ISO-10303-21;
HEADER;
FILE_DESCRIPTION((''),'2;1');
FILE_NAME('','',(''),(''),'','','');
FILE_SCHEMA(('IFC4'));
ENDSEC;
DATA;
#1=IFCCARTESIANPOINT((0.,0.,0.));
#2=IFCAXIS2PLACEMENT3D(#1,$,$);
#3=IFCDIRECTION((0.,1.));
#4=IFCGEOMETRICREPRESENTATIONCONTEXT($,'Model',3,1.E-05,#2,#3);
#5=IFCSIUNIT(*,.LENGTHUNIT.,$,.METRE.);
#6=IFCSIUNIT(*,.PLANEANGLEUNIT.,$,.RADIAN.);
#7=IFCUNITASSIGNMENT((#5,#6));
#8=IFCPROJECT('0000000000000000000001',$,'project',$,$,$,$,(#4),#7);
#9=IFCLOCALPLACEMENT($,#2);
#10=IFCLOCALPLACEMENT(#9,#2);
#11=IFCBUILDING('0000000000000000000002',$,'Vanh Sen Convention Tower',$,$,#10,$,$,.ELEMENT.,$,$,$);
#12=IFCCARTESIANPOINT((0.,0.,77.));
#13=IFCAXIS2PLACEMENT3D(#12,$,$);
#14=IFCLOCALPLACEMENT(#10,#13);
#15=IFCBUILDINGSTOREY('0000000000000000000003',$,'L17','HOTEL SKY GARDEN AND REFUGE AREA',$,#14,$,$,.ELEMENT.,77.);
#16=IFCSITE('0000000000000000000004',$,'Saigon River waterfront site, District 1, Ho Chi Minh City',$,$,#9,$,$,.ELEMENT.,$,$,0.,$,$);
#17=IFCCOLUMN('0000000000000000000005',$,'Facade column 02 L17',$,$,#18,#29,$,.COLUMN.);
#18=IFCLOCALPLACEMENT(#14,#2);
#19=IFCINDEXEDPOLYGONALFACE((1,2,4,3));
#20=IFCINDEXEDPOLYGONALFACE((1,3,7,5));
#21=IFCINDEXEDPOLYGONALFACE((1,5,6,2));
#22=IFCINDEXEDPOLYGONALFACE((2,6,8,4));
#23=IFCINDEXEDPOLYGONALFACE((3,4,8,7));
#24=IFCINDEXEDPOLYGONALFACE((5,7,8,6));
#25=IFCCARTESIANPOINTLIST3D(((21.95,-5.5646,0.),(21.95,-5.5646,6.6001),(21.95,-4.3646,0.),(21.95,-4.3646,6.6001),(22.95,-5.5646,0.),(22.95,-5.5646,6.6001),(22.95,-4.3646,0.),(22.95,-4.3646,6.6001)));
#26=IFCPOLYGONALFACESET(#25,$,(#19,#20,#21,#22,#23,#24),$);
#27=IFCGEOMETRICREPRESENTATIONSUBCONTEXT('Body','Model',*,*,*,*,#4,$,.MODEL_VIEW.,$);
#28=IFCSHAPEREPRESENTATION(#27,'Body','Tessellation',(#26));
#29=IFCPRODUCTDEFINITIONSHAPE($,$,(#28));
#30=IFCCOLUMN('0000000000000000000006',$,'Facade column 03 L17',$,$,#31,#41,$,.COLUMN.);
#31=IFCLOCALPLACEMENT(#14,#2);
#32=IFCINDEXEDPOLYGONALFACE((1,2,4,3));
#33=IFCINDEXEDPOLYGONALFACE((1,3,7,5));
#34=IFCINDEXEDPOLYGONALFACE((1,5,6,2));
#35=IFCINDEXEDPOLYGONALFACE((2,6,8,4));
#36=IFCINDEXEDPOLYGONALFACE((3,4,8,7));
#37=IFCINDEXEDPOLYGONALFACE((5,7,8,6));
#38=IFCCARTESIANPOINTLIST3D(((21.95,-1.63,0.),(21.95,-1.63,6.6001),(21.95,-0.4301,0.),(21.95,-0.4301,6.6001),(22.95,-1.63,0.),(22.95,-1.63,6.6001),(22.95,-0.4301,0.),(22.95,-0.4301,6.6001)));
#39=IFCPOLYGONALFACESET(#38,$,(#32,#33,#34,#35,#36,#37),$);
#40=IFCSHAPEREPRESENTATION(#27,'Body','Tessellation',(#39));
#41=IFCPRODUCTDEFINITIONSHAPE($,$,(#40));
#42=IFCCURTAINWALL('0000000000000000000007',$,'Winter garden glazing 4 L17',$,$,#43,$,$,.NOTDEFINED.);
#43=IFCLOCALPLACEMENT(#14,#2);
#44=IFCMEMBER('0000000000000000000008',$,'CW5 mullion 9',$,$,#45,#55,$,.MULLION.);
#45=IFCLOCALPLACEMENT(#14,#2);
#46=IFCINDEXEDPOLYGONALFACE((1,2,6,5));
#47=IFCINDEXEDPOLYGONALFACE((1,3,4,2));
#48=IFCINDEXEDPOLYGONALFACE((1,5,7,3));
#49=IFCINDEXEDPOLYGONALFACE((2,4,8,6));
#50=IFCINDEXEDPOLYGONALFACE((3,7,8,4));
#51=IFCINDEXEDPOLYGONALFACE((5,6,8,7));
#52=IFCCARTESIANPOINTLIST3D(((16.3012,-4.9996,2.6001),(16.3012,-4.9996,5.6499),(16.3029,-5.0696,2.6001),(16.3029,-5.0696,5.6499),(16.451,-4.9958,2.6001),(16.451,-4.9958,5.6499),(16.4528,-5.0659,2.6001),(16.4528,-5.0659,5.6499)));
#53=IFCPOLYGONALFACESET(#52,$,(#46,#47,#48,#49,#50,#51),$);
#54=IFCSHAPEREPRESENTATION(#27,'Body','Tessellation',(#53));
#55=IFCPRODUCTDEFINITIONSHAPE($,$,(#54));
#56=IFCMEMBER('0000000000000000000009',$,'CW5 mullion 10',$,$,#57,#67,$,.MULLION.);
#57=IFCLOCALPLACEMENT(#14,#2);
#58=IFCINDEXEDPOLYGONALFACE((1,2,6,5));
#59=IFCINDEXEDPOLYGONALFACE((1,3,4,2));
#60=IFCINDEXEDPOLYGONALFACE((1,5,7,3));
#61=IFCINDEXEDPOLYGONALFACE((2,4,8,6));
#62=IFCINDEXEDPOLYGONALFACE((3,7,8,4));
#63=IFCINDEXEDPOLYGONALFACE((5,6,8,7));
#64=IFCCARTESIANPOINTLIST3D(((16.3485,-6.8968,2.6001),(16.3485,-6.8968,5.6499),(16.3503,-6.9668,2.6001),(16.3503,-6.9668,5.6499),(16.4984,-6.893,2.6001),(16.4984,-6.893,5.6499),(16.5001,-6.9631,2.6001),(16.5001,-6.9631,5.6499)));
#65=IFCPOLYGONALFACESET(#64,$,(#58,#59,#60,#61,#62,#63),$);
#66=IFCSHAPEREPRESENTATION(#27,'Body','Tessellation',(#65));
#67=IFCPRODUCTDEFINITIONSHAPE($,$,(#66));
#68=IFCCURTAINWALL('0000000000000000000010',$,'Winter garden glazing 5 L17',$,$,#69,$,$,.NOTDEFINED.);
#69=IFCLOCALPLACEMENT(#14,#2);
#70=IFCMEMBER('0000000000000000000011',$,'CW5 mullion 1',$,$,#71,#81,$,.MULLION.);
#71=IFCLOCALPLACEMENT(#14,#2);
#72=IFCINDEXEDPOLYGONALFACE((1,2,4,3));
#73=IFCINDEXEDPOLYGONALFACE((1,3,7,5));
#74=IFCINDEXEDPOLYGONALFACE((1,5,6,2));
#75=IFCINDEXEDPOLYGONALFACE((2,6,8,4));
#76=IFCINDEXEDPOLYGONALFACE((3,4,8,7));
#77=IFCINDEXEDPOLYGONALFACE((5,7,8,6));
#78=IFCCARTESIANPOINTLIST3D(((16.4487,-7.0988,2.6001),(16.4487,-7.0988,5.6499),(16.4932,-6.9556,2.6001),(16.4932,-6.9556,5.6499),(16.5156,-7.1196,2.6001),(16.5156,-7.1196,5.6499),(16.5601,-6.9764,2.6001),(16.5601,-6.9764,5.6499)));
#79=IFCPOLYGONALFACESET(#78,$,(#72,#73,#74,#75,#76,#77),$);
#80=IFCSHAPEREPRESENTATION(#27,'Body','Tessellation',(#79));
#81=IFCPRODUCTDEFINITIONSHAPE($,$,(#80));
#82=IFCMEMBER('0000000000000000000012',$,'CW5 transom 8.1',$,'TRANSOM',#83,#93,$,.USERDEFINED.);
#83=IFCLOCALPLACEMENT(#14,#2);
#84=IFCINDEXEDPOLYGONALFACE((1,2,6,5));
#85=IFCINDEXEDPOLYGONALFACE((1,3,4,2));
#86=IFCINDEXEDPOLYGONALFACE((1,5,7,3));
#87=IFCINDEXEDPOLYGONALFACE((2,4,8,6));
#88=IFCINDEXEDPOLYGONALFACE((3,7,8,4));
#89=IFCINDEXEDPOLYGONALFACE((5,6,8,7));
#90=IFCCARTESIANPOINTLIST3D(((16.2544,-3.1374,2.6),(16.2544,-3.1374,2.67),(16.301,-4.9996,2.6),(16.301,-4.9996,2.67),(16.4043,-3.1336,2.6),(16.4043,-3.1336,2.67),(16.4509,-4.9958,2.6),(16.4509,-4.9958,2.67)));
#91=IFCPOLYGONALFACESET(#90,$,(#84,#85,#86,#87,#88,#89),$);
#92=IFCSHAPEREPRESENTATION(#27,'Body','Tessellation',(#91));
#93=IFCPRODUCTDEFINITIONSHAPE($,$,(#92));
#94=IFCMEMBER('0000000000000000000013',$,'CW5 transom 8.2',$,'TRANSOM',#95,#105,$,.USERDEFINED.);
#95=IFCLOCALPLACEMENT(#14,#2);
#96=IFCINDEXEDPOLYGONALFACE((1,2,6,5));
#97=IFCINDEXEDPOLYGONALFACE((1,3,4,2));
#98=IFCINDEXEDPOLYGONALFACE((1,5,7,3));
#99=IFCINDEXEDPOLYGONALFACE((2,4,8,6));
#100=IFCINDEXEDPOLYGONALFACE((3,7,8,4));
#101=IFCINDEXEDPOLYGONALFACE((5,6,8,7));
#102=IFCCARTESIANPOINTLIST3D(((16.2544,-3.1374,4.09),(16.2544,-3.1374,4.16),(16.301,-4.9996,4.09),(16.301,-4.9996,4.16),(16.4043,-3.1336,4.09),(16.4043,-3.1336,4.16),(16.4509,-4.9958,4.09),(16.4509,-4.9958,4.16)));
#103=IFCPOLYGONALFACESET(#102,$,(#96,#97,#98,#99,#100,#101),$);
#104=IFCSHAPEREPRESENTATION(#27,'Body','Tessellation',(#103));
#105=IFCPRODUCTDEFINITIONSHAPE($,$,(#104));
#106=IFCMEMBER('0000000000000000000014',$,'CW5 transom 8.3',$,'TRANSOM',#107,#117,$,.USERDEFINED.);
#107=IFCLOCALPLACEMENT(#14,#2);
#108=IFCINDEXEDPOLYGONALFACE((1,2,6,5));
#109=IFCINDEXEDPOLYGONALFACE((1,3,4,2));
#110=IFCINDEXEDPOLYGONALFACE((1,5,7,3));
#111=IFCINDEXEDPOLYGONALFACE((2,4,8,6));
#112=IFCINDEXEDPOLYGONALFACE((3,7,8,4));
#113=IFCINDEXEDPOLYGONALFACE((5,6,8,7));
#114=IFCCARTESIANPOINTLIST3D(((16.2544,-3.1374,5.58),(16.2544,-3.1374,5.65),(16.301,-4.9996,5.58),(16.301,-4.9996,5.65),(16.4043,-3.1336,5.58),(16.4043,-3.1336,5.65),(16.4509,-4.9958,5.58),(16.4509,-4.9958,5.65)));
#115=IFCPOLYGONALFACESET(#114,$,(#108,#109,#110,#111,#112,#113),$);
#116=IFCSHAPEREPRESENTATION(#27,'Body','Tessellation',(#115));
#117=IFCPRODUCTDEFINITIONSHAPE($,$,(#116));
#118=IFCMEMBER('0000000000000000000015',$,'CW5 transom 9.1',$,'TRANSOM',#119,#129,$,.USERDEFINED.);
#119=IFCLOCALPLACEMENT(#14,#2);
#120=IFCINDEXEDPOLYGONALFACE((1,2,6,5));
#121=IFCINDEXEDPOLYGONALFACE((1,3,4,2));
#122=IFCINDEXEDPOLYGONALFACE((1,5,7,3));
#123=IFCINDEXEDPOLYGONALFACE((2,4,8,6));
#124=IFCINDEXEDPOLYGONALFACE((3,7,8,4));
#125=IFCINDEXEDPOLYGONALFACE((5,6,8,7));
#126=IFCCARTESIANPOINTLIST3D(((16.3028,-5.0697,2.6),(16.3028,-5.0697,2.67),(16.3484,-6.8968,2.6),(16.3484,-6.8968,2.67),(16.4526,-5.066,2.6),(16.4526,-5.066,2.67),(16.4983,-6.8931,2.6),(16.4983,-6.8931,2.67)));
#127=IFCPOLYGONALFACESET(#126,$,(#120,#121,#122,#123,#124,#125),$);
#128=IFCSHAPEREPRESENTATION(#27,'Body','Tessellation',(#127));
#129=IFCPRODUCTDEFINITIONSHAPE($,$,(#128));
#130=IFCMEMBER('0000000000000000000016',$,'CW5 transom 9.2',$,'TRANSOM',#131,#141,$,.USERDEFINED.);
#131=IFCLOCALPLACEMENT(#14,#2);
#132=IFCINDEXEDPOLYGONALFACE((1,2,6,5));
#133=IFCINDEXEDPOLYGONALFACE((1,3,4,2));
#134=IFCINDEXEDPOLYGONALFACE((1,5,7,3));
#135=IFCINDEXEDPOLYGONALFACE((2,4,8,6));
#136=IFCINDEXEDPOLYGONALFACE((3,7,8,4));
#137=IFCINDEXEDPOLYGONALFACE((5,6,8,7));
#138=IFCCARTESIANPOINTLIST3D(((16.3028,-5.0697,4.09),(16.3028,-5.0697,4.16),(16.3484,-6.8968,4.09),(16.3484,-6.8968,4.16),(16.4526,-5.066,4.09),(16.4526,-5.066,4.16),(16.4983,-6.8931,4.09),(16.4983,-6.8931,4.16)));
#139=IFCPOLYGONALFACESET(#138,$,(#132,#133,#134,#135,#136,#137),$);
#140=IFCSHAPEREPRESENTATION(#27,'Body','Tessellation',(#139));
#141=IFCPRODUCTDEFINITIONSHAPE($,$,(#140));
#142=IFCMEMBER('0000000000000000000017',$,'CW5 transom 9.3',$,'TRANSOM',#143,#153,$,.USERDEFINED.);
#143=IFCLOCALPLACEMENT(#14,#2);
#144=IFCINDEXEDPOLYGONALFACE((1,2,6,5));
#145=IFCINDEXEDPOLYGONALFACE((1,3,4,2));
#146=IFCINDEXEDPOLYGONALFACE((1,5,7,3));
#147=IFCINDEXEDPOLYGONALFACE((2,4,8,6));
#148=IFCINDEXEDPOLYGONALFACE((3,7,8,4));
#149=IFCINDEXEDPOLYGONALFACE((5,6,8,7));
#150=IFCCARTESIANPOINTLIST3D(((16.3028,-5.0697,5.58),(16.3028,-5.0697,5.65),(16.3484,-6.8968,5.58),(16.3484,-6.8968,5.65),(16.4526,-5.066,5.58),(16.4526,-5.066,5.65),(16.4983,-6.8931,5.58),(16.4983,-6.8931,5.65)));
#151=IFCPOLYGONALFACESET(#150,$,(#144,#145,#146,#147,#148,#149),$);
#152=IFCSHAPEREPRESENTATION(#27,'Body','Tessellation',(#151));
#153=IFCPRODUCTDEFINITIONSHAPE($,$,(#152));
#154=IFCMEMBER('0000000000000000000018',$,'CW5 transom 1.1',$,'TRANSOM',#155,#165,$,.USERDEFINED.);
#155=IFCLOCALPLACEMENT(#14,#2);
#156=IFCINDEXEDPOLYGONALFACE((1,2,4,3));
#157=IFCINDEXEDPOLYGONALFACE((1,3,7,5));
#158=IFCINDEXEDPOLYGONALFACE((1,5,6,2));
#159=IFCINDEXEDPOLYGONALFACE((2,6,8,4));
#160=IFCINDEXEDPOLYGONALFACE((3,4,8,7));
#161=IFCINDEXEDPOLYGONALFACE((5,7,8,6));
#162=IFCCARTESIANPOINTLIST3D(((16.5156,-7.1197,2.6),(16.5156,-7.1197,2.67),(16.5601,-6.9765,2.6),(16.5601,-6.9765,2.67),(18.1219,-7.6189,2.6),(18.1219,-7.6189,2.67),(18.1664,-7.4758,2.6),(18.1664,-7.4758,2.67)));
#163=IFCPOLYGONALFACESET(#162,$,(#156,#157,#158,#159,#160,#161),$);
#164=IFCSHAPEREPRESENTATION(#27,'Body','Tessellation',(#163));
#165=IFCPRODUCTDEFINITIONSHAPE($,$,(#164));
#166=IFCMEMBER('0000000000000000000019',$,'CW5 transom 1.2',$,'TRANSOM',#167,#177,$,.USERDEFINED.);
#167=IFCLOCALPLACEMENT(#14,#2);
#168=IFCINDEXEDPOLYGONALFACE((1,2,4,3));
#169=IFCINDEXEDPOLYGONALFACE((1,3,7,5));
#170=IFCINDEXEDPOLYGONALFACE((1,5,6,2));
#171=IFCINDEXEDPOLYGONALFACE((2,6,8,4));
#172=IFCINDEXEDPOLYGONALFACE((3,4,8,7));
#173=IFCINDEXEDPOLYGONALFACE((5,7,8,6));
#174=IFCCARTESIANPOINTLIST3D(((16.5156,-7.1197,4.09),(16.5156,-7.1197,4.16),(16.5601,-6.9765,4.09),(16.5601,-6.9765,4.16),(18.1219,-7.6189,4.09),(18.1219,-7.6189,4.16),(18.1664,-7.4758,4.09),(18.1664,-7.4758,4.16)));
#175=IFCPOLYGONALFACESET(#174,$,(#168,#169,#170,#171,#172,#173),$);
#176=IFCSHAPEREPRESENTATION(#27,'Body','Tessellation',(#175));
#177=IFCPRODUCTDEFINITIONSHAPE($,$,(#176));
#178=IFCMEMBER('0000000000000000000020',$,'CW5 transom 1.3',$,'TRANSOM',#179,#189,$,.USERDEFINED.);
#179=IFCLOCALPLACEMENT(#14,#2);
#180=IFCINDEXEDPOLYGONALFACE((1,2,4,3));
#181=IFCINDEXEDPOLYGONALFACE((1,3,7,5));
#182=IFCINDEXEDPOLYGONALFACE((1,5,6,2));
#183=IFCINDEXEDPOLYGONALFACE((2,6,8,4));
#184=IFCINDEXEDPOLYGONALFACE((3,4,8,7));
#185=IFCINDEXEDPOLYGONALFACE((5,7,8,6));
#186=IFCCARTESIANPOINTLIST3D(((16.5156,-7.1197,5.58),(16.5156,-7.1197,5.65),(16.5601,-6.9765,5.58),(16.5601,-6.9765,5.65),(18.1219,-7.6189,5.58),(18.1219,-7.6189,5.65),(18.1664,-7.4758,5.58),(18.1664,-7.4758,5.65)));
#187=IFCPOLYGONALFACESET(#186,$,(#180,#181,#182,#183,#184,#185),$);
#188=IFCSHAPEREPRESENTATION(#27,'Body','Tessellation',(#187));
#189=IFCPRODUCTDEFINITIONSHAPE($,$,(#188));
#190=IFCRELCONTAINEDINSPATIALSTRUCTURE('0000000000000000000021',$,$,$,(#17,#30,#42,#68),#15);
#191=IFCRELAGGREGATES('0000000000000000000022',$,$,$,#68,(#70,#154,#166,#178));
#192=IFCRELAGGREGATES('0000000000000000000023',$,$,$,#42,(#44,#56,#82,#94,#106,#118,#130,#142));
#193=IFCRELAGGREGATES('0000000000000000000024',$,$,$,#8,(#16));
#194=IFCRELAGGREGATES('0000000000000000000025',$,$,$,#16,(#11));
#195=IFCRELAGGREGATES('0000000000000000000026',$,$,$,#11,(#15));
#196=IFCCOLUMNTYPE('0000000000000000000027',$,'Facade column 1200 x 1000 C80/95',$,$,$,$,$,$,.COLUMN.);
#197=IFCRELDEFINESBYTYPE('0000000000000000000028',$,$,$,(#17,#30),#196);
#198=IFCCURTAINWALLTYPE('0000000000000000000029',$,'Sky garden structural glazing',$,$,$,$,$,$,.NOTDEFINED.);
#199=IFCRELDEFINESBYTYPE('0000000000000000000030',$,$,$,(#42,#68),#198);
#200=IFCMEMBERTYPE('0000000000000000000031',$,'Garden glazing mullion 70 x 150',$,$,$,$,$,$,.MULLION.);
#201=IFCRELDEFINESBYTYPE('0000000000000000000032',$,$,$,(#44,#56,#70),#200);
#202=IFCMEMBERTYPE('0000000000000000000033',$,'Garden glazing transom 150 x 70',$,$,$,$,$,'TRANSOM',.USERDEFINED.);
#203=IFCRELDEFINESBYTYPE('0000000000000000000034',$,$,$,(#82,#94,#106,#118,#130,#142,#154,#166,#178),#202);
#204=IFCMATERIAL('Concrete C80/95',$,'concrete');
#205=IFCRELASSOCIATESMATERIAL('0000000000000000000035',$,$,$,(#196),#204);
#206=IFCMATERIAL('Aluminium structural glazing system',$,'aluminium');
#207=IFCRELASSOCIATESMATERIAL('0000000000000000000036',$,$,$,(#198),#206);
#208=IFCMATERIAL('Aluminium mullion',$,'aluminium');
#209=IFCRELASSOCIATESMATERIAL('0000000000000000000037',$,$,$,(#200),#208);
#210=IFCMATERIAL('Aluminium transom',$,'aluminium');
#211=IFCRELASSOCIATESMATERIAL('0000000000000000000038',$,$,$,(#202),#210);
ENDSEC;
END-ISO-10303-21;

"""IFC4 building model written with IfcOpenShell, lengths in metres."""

from ifc_helpers import new_model, si_unit, direction, frame, origin, origin_2d, place, context, subcontext, project, spatial, rectangle, extrude, material, material_profile, profile_set, type_object, element, aggregate, save


model = new_model("IFC4")

# Units and contexts
model_context = context("Model", 3, precision=1e-05, world=origin(), true_north=direction((0.0, 1.0)))
body_context = subcontext(model_context, "Body", "Model", "MODEL_VIEW")
ifc_project = project(units=[si_unit("LENGTHUNIT", "METRE"), si_unit("PLANEANGLEUNIT", "RADIAN")], contexts=[model_context])

# Site, building, storey
site_placement = place(None, origin())
site = spatial("IfcSite", under=ifc_project, at=site_placement, Name="Saigon River waterfront site, District 1, Ho Chi Minh City", CompositionType="ELEMENT", RefElevation=0.0)
building_placement = place(site_placement, origin())
building = spatial("IfcBuilding", under=site, at=building_placement, Name="Vanh Sen Convention Tower", CompositionType="ELEMENT")
storey_placement = place(building_placement, frame((0.0, 0.0, 77.0)))
storey = spatial("IfcBuildingStorey", under=building, at=storey_placement, Name="L17", Description="HOTEL SKY GARDEN AND REFUGE AREA", CompositionType="ELEMENT", Elevation=77.0)

# Columns
ifc_material_1 = material(Name="Concrete C80/95", Category="concrete")
ifc_material_profile_1 = material_profile(ifc_material_1, rectangle(XDim=1.2, YDim=1.0, at=origin_2d()), Name="RC 1200X1000")
ifc_profile_set_1 = profile_set([ifc_material_profile_1], Name="Concrete C80/95")
column_type = type_object("IfcColumnType", Name="Facade column 1200 x 1000 C80/95", PredefinedType="COLUMN", material=ifc_profile_set_1)
for number, where, z_axis, x_axis, name in (
    (1, (22.45, -4.9646, 0.0), (0.0, 0.0, 1.0), (0.0, 1.0, 0.0), "Facade column 02 L17"),
    (2, (22.45, -1.03, 0.0), (0.0, 0.0, 1.0), (0.0, 1.0, 0.0), "Facade column 03 L17"),
):
    element("IfcColumn", number, at=place(storey_placement, frame(where, z_axis=z_axis, x_axis=x_axis)), inside=storey, type_object=column_type, Name=name, PredefinedType="COLUMN", context=body_context, shape_type="SweptSolid", body=[
        extrude(rectangle(XDim=1.2, YDim=1.0, at=origin_2d()), origin(), (0.0, 0.0, 1.0), 6.6001),
    ])

# Curtain wall, members
ifc_material_2 = material(Name="Aluminium structural glazing system", Category="aluminium")
curtain_wall_type_1 = type_object("IfcCurtainWallType", Name="Sky garden structural glazing", PredefinedType="NOTDEFINED", material=ifc_material_2)
curtain_wall_1_placement = place(storey_placement, origin())
curtain_wall_1 = element("IfcCurtainWall", 3, at=curtain_wall_1_placement, inside=storey, type_object=curtain_wall_type_1, Name="Winter garden glazing 4 L17", PredefinedType="NOTDEFINED")
ifc_material_3 = material(Name="Aluminium mullion", Category="aluminium")
ifc_material_profile_2 = material_profile(ifc_material_3, rectangle(XDim=0.1499, YDim=0.0701, at=origin_2d()), Name="Garden glazing mullion 70 x 150")
ifc_profile_set_2 = profile_set([ifc_material_profile_2], Name="Aluminium mullion")
member_type_1 = type_object("IfcMemberType", Name="Garden glazing mullion 70 x 150", PredefinedType="MULLION", material=ifc_profile_set_2)
member_1_placement = place(storey_placement, frame((16.377, -5.0327, 2.6001), z_axis=(0.0, 0.0, 1.0), x_axis=(0.999688, 0.024972, 0.0)))
member_1 = element("IfcMember", 4, at=member_1_placement, type_object=member_type_1, Name="CW5 mullion 9", PredefinedType="MULLION", context=body_context, shape_type="SweptSolid", body=[
    extrude(rectangle(XDim=0.1499, YDim=0.0701, at=origin_2d()), origin(), (0.0, 0.0, 1.0), 3.0498),
])
member_2_placement = place(storey_placement, frame((16.4243, -6.9299, 2.6001), z_axis=(0.0, 0.0, 1.0), x_axis=(0.999688, 0.024972, 0.0)))
member_2 = element("IfcMember", 5, at=member_2_placement, type_object=member_type_1, Name="CW5 mullion 10", PredefinedType="MULLION", context=body_context, shape_type="SweptSolid", body=[
    extrude(rectangle(XDim=0.1499, YDim=0.0701, at=origin_2d()), origin(), (0.0, 0.0, 1.0), 3.0498),
])

# Curtain wall, member
curtain_wall_2_placement = place(storey_placement, origin())
curtain_wall_2 = element("IfcCurtainWall", 6, at=curtain_wall_2_placement, inside=storey, type_object=curtain_wall_type_1, Name="Winter garden glazing 5 L17", PredefinedType="NOTDEFINED")
member_3_placement = place(storey_placement, frame((16.5044, -7.0376, 2.6001), z_axis=(0.0, 0.0, 1.0), x_axis=(0.296776, 0.954947, 0.0)))
member_3 = element("IfcMember", 7, at=member_3_placement, type_object=member_type_1, Name="CW5 mullion 1", PredefinedType="MULLION", context=body_context, shape_type="SweptSolid", body=[
    extrude(rectangle(XDim=0.1499, YDim=0.0701, at=origin_2d()), origin(), (0.0, 0.0, 1.0), 3.0498),
])

# Members
ifc_material_4 = material(Name="Aluminium transom", Category="aluminium")
ifc_material_profile_3 = material_profile(ifc_material_4, rectangle(XDim=0.1499, YDim=0.0701, at=origin_2d()), Name="Garden glazing transom 150 x 70")
ifc_profile_set_3 = profile_set([ifc_material_profile_3], Name="Aluminium transom")
member_type_2 = type_object("IfcMemberType", Name="Garden glazing transom 150 x 70", ElementType="TRANSOM", PredefinedType="USERDEFINED", material=ifc_profile_set_3)
member_4_placement = place(storey_placement, frame((16.3293, -3.1355, 2.635), z_axis=(0.025031, -0.999687, 0.0), x_axis=(0.999687, 0.025031, 0.0)))
member_4 = element("IfcMember", 8, at=member_4_placement, type_object=member_type_2, Name="CW5 transom 8.1", ObjectType="TRANSOM", PredefinedType="USERDEFINED", context=body_context, shape_type="SweptSolid", body=[
    extrude(rectangle(XDim=0.1499, YDim=0.0701, at=origin_2d()), origin(), (0.0, 0.0, 1.0), 1.8628),
])
member_5_placement = place(storey_placement, frame((16.3293, -3.1355, 4.125), z_axis=(0.025031, -0.999687, 0.0), x_axis=(0.999687, 0.025031, 0.0)))
member_5 = element("IfcMember", 9, at=member_5_placement, type_object=member_type_2, Name="CW5 transom 8.2", ObjectType="TRANSOM", PredefinedType="USERDEFINED", context=body_context, shape_type="SweptSolid", body=[
    extrude(rectangle(XDim=0.1499, YDim=0.0701, at=origin_2d()), origin(), (0.0, 0.0, 1.0), 1.8628),
])
member_6_placement = place(storey_placement, frame((16.3293, -3.1355, 5.615), z_axis=(0.025031, -0.999687, 0.0), x_axis=(0.999687, 0.025031, 0.0)))
member_6 = element("IfcMember", 10, at=member_6_placement, type_object=member_type_2, Name="CW5 transom 8.3", ObjectType="TRANSOM", PredefinedType="USERDEFINED", context=body_context, shape_type="SweptSolid", body=[
    extrude(rectangle(XDim=0.1499, YDim=0.0701, at=origin_2d()), origin(), (0.0, 0.0, 1.0), 1.8628),
])
member_7_placement = place(storey_placement, frame((16.3777, -5.0679, 2.635), z_axis=(0.024979, -0.999688, 0.0), x_axis=(0.999688, 0.024979, 0.0)))
member_7 = element("IfcMember", 11, at=member_7_placement, type_object=member_type_2, Name="CW5 transom 9.1", ObjectType="TRANSOM", PredefinedType="USERDEFINED", context=body_context, shape_type="SweptSolid", body=[
    extrude(rectangle(XDim=0.1499, YDim=0.0701, at=origin_2d()), origin(), (0.0, 0.0, 1.0), 1.8276),
])
member_8_placement = place(storey_placement, frame((16.3777, -5.0679, 4.125), z_axis=(0.024979, -0.999688, 0.0), x_axis=(0.999688, 0.024979, 0.0)))
member_8 = element("IfcMember", 12, at=member_8_placement, type_object=member_type_2, Name="CW5 transom 9.2", ObjectType="TRANSOM", PredefinedType="USERDEFINED", context=body_context, shape_type="SweptSolid", body=[
    extrude(rectangle(XDim=0.1499, YDim=0.0701, at=origin_2d()), origin(), (0.0, 0.0, 1.0), 1.8276),
])
member_9_placement = place(storey_placement, frame((16.3777, -5.0679, 5.615), z_axis=(0.024979, -0.999688, 0.0), x_axis=(0.999688, 0.024979, 0.0)))
member_9 = element("IfcMember", 13, at=member_9_placement, type_object=member_type_2, Name="CW5 transom 9.3", ObjectType="TRANSOM", PredefinedType="USERDEFINED", context=body_context, shape_type="SweptSolid", body=[
    extrude(rectangle(XDim=0.1499, YDim=0.0701, at=origin_2d()), origin(), (0.0, 0.0, 1.0), 1.8276),
])
member_10_placement = place(storey_placement, frame((16.5378, -7.0481, 2.635), z_axis=(0.954944, -0.296787, 0.0), x_axis=(0.296787, 0.954944, 0.0)))
member_10 = element("IfcMember", 14, at=member_10_placement, type_object=member_type_2, Name="CW5 transom 1.1", ObjectType="TRANSOM", PredefinedType="USERDEFINED", context=body_context, shape_type="SweptSolid", body=[
    extrude(rectangle(XDim=0.1499, YDim=0.0701, at=origin_2d()), origin(), (0.0, 0.0, 1.0), 1.6821),
])
member_11_placement = place(storey_placement, frame((16.5378, -7.0481, 4.125), z_axis=(0.954944, -0.296787, 0.0), x_axis=(0.296787, 0.954944, 0.0)))
member_11 = element("IfcMember", 15, at=member_11_placement, type_object=member_type_2, Name="CW5 transom 1.2", ObjectType="TRANSOM", PredefinedType="USERDEFINED", context=body_context, shape_type="SweptSolid", body=[
    extrude(rectangle(XDim=0.1499, YDim=0.0701, at=origin_2d()), origin(), (0.0, 0.0, 1.0), 1.6821),
])
member_12_placement = place(storey_placement, frame((16.5378, -7.0481, 5.615), z_axis=(0.954944, -0.296787, 0.0), x_axis=(0.296787, 0.954944, 0.0)))
member_12 = element("IfcMember", 16, at=member_12_placement, type_object=member_type_2, Name="CW5 transom 1.3", ObjectType="TRANSOM", PredefinedType="USERDEFINED", context=body_context, shape_type="SweptSolid", body=[
    extrude(rectangle(XDim=0.1499, YDim=0.0701, at=origin_2d()), origin(), (0.0, 0.0, 1.0), 1.6821),
])
aggregate(curtain_wall_2, [member_3, member_10, member_11, member_12])

aggregate(curtain_wall_1, [member_1, member_2, member_4, member_5, member_6, member_7, member_8, member_9])

save(model, "model.ifc")
